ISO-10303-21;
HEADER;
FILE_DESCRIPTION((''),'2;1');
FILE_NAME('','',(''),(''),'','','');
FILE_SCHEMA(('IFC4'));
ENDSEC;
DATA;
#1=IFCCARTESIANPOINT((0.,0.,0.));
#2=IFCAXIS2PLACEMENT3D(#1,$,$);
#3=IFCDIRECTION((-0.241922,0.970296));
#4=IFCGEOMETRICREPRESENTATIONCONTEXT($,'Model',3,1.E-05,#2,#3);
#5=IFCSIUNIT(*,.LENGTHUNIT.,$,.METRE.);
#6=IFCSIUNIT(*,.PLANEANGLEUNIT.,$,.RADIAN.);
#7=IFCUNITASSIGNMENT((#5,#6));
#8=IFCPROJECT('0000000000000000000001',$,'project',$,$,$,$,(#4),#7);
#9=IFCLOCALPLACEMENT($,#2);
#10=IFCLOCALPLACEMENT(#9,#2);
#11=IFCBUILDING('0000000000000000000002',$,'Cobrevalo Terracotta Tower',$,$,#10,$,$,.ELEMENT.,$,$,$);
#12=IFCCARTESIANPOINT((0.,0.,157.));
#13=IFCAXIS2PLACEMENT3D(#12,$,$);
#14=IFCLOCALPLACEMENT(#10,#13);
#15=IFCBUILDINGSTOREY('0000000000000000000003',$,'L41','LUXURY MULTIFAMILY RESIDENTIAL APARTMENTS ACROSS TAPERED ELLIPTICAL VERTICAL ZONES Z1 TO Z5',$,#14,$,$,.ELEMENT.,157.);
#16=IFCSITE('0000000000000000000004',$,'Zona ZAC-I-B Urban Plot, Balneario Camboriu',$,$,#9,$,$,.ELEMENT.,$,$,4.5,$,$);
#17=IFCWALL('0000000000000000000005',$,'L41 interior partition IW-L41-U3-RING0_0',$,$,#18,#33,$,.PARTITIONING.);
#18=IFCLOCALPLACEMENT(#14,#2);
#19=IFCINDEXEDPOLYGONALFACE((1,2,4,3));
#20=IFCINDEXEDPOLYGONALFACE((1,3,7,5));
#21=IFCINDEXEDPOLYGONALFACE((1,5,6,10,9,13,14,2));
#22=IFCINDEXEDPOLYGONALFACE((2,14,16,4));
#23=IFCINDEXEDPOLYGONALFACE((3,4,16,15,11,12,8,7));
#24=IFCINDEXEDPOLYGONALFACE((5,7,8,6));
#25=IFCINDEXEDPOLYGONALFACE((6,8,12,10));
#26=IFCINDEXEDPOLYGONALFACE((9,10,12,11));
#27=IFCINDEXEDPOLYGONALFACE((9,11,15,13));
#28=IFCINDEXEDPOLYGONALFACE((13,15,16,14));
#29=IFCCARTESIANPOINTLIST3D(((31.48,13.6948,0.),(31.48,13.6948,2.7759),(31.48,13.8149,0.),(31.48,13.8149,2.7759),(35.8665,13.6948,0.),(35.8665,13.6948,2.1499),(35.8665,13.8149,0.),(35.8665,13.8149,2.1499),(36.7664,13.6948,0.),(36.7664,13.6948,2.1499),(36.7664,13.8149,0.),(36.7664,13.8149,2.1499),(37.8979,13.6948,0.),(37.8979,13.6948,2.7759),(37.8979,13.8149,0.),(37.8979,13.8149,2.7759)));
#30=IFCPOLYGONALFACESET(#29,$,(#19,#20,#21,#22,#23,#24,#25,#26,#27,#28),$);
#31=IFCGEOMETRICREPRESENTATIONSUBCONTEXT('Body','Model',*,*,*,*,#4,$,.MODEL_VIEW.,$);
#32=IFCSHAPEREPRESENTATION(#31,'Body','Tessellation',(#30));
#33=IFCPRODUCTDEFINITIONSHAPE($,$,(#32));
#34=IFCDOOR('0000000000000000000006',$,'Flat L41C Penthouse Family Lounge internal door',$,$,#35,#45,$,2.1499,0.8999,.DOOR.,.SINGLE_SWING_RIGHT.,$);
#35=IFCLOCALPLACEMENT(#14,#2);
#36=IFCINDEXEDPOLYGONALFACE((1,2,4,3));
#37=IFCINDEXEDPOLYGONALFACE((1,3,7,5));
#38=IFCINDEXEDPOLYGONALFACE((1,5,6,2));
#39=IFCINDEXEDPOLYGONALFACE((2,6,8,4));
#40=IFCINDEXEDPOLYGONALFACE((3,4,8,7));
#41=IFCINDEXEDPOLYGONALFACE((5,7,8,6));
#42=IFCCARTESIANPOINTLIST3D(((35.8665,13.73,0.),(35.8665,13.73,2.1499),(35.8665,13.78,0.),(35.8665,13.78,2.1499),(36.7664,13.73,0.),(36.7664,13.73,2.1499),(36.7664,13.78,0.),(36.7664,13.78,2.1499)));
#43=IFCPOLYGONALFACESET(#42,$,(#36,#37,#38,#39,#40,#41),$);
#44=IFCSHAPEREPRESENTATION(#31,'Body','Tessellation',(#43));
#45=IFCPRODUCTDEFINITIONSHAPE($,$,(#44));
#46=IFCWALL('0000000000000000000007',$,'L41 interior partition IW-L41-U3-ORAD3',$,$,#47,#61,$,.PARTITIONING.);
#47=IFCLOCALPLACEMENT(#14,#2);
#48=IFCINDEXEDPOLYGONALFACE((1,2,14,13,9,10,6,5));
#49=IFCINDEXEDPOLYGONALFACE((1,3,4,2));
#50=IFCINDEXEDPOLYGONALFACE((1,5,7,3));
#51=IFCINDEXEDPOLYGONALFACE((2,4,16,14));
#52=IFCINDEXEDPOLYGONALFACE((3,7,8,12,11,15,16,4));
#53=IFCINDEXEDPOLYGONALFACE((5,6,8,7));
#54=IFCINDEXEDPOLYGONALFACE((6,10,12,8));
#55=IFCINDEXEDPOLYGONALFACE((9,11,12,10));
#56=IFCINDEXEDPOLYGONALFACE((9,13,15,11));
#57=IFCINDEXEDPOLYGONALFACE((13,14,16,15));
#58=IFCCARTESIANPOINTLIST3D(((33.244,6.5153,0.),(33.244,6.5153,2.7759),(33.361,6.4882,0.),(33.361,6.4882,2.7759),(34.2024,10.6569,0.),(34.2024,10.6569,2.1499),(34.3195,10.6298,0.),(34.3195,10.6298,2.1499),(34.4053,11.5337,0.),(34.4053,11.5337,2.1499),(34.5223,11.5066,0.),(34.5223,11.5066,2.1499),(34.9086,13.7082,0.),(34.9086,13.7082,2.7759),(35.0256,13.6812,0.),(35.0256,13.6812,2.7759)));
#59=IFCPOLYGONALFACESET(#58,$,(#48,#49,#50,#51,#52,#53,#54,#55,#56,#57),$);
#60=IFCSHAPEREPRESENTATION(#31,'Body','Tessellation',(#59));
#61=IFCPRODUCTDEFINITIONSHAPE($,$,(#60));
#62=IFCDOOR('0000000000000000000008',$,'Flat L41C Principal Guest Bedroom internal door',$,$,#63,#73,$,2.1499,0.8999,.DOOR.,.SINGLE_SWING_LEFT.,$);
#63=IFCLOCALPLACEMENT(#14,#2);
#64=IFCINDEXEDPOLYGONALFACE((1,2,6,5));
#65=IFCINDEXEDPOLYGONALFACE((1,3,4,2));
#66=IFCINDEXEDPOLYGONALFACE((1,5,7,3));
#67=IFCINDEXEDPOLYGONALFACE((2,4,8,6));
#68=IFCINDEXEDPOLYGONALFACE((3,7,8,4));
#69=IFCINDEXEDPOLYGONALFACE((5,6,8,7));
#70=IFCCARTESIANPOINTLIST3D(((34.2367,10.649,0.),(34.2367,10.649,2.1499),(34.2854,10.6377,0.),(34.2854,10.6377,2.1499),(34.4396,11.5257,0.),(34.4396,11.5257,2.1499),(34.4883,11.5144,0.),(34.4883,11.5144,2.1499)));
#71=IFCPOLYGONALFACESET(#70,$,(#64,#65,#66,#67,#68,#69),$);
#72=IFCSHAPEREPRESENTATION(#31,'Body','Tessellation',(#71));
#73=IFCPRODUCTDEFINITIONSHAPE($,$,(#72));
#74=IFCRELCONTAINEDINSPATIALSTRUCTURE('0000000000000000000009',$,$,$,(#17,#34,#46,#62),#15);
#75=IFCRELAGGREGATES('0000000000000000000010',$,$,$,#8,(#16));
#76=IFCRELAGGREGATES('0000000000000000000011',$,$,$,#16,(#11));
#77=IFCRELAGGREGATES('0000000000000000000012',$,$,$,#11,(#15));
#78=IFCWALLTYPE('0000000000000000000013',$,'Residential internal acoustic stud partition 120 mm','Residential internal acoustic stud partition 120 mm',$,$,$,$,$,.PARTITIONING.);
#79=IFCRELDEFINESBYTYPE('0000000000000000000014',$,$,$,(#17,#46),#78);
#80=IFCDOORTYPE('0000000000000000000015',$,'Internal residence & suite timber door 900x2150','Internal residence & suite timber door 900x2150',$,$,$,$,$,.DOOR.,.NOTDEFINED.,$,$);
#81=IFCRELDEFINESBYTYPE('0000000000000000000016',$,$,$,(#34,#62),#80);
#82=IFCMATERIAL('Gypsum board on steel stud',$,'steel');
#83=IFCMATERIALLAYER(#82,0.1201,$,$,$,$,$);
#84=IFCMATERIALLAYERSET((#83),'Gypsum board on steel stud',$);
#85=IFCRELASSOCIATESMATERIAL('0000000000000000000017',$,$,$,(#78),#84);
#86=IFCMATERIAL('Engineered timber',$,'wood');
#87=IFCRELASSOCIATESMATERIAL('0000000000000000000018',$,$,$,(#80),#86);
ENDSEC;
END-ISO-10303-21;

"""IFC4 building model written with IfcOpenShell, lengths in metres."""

from ifc_helpers import new_model, si_unit, direction, frame, frame_2d, origin, place, context, subcontext, project, spatial, rectangle, extrude, source, transform, mapped, material, layer, layer_set, type_object, element, fill, save


model = new_model("IFC4")

# Units and contexts
model_context = context("Model", 3, precision=1e-05, world=origin(), true_north=direction((-0.241922, 0.970296)))
body_context = subcontext(model_context, "Body", "Model", "MODEL_VIEW")
ifc_project = project(units=[si_unit("LENGTHUNIT", "METRE"), si_unit("PLANEANGLEUNIT", "RADIAN")], contexts=[model_context])

# Site, building, storey
site_placement = place(None, origin())
site = spatial("IfcSite", under=ifc_project, at=site_placement, Name="Zona ZAC-I-B Urban Plot, Balneario Camboriu", CompositionType="ELEMENT", RefElevation=4.5)
building_placement = place(site_placement, origin())
building = spatial("IfcBuilding", under=site, at=building_placement, Name="Cobrevalo Terracotta Tower", CompositionType="ELEMENT")
storey_placement = place(building_placement, frame((0.0, 0.0, 157.0)))
storey = spatial("IfcBuildingStorey", under=building, at=storey_placement, Name="L41", Description="LUXURY MULTIFAMILY RESIDENTIAL APARTMENTS ACROSS TAPERED ELLIPTICAL VERTICAL ZONES Z1 TO Z5", CompositionType="ELEMENT", Elevation=157.0)

# Walls, openings, doors
ifc_material_1 = material(Name="Gypsum board on steel stud", Category="steel")
ifc_layer_1 = layer(ifc_material_1, 0.1201)
ifc_layer_set_1 = layer_set([ifc_layer_1], Name="Gypsum board on steel stud")
wall_type_1 = type_object("IfcWallType", Name="Residential internal acoustic stud partition 120 mm", Description="Residential internal acoustic stud partition 120 mm", PredefinedType="PARTITIONING", material=ifc_layer_set_1)
wall_1_placement = place(storey_placement, frame((37.8979, 13.7549, 0.0), z_axis=(0.0, 0.0, 1.0), x_axis=(-1.0, 0.0, 0.0)))
wall_1 = element("IfcWall", 1, at=wall_1_placement, inside=storey, type_object=wall_type_1, Name="L41 interior partition IW-L41-U3-RING0_0", PredefinedType="PARTITIONING", context=body_context, shape_type="SweptSolid", body=[
    extrude(rectangle(XDim=6.418, YDim=0.1201, at=frame_2d((3.209, 0.0))), origin(), (0.0, 0.0, 1.0), 2.7759),
])
opening_1_placement = place(wall_1_placement, frame((1.1316, 0.0, 0.0)))
opening_1 = element("IfcOpeningElement", 2, at=opening_1_placement, cuts=wall_1, PredefinedType="OPENING", context=body_context, shape_type="SweptSolid", body=[
    extrude(rectangle(XDim=0.8999, YDim=2.1499, at=frame_2d((0.45, 1.075))), frame((0.0, 0.0701, 0.0), z_axis=(0.0, -1.0, 0.0), x_axis=(1.0, 0.0, 0.0)), (0.0, 0.0, 1.0), 0.1401),
])
ifc_material_2 = material(Name="Engineered timber", Category="wood")
door_type_1 = type_object("IfcDoorType", Name="Internal residence & suite timber door 900x2150", Description="Internal residence & suite timber door 900x2150", OperationType="NOTDEFINED", PredefinedType="DOOR", material=ifc_material_2)
shared_shape_1 = source(origin(), body_context, "Body", "SweptSolid", [
    extrude(rectangle(XDim=0.8999, YDim=2.1499, at=frame_2d((0.45, 1.075))), frame((0.0, 0.0249, 0.0), z_axis=(0.0, -1.0, 0.0), x_axis=(1.0, 0.0, 0.0)), (0.0, 0.0, 1.0), 0.05),
])
door_1_placement = place(opening_1_placement, origin())
door_1 = element("IfcDoor", 3, at=door_1_placement, inside=storey, type_object=door_type_1, Name="Flat L41C Penthouse Family Lounge internal door", OperationType="SINGLE_SWING_RIGHT", OverallHeight=2.1499, OverallWidth=0.8999, PredefinedType="DOOR", context=body_context, shape_type="MappedRepresentation", body=[
    mapped(shared_shape_1, transform((0.0, 0.0, 0.0), scale=1.0)),
])
fill(opening_1, door_1)
wall_2_placement = place(storey_placement, frame((34.967, 13.6946, 0.0), z_axis=(0.0, 0.0, 1.0), x_axis=(-0.225458, -0.974253, 0.0)))
wall_2 = element("IfcWall", 4, at=wall_2_placement, inside=storey, type_object=wall_type_1, Name="L41 interior partition IW-L41-U3-ORAD3", PredefinedType="PARTITIONING", context=body_context, shape_type="SweptSolid", body=[
    extrude(rectangle(XDim=7.3831, YDim=0.1201, at=frame_2d((3.6914, 0.0))), origin(), (0.0, 0.0, 1.0), 2.7759),
])
opening_2_placement = place(wall_2_placement, frame((2.2319, 0.0, 0.0)))
opening_2 = element("IfcOpeningElement", 5, at=opening_2_placement, cuts=wall_2, PredefinedType="OPENING", context=body_context, shape_type="SweptSolid", body=[
    extrude(rectangle(XDim=0.8999, YDim=2.1499, at=frame_2d((0.45, 1.075))), frame((0.0, 0.0701, 0.0), z_axis=(0.0, -1.0, 0.0), x_axis=(1.0, 0.0, 0.0)), (0.0, 0.0, 1.0), 0.1401),
])
door_2_placement = place(opening_2_placement, frame((0.8999, 0.0, 0.0), z_axis=(0.0, 0.0, 1.0), x_axis=(-1.0, 0.0, 0.0)))
door_2 = element("IfcDoor", 6, at=door_2_placement, inside=storey, type_object=door_type_1, Name="Flat L41C Principal Guest Bedroom internal door", OperationType="SINGLE_SWING_LEFT", OverallHeight=2.1499, OverallWidth=0.8999, PredefinedType="DOOR", context=body_context, shape_type="MappedRepresentation", body=[
    mapped(shared_shape_1, transform((0.0, 0.0, 0.0), scale=1.0)),
])
fill(opening_2, door_2)

save(model, "model.ifc")
